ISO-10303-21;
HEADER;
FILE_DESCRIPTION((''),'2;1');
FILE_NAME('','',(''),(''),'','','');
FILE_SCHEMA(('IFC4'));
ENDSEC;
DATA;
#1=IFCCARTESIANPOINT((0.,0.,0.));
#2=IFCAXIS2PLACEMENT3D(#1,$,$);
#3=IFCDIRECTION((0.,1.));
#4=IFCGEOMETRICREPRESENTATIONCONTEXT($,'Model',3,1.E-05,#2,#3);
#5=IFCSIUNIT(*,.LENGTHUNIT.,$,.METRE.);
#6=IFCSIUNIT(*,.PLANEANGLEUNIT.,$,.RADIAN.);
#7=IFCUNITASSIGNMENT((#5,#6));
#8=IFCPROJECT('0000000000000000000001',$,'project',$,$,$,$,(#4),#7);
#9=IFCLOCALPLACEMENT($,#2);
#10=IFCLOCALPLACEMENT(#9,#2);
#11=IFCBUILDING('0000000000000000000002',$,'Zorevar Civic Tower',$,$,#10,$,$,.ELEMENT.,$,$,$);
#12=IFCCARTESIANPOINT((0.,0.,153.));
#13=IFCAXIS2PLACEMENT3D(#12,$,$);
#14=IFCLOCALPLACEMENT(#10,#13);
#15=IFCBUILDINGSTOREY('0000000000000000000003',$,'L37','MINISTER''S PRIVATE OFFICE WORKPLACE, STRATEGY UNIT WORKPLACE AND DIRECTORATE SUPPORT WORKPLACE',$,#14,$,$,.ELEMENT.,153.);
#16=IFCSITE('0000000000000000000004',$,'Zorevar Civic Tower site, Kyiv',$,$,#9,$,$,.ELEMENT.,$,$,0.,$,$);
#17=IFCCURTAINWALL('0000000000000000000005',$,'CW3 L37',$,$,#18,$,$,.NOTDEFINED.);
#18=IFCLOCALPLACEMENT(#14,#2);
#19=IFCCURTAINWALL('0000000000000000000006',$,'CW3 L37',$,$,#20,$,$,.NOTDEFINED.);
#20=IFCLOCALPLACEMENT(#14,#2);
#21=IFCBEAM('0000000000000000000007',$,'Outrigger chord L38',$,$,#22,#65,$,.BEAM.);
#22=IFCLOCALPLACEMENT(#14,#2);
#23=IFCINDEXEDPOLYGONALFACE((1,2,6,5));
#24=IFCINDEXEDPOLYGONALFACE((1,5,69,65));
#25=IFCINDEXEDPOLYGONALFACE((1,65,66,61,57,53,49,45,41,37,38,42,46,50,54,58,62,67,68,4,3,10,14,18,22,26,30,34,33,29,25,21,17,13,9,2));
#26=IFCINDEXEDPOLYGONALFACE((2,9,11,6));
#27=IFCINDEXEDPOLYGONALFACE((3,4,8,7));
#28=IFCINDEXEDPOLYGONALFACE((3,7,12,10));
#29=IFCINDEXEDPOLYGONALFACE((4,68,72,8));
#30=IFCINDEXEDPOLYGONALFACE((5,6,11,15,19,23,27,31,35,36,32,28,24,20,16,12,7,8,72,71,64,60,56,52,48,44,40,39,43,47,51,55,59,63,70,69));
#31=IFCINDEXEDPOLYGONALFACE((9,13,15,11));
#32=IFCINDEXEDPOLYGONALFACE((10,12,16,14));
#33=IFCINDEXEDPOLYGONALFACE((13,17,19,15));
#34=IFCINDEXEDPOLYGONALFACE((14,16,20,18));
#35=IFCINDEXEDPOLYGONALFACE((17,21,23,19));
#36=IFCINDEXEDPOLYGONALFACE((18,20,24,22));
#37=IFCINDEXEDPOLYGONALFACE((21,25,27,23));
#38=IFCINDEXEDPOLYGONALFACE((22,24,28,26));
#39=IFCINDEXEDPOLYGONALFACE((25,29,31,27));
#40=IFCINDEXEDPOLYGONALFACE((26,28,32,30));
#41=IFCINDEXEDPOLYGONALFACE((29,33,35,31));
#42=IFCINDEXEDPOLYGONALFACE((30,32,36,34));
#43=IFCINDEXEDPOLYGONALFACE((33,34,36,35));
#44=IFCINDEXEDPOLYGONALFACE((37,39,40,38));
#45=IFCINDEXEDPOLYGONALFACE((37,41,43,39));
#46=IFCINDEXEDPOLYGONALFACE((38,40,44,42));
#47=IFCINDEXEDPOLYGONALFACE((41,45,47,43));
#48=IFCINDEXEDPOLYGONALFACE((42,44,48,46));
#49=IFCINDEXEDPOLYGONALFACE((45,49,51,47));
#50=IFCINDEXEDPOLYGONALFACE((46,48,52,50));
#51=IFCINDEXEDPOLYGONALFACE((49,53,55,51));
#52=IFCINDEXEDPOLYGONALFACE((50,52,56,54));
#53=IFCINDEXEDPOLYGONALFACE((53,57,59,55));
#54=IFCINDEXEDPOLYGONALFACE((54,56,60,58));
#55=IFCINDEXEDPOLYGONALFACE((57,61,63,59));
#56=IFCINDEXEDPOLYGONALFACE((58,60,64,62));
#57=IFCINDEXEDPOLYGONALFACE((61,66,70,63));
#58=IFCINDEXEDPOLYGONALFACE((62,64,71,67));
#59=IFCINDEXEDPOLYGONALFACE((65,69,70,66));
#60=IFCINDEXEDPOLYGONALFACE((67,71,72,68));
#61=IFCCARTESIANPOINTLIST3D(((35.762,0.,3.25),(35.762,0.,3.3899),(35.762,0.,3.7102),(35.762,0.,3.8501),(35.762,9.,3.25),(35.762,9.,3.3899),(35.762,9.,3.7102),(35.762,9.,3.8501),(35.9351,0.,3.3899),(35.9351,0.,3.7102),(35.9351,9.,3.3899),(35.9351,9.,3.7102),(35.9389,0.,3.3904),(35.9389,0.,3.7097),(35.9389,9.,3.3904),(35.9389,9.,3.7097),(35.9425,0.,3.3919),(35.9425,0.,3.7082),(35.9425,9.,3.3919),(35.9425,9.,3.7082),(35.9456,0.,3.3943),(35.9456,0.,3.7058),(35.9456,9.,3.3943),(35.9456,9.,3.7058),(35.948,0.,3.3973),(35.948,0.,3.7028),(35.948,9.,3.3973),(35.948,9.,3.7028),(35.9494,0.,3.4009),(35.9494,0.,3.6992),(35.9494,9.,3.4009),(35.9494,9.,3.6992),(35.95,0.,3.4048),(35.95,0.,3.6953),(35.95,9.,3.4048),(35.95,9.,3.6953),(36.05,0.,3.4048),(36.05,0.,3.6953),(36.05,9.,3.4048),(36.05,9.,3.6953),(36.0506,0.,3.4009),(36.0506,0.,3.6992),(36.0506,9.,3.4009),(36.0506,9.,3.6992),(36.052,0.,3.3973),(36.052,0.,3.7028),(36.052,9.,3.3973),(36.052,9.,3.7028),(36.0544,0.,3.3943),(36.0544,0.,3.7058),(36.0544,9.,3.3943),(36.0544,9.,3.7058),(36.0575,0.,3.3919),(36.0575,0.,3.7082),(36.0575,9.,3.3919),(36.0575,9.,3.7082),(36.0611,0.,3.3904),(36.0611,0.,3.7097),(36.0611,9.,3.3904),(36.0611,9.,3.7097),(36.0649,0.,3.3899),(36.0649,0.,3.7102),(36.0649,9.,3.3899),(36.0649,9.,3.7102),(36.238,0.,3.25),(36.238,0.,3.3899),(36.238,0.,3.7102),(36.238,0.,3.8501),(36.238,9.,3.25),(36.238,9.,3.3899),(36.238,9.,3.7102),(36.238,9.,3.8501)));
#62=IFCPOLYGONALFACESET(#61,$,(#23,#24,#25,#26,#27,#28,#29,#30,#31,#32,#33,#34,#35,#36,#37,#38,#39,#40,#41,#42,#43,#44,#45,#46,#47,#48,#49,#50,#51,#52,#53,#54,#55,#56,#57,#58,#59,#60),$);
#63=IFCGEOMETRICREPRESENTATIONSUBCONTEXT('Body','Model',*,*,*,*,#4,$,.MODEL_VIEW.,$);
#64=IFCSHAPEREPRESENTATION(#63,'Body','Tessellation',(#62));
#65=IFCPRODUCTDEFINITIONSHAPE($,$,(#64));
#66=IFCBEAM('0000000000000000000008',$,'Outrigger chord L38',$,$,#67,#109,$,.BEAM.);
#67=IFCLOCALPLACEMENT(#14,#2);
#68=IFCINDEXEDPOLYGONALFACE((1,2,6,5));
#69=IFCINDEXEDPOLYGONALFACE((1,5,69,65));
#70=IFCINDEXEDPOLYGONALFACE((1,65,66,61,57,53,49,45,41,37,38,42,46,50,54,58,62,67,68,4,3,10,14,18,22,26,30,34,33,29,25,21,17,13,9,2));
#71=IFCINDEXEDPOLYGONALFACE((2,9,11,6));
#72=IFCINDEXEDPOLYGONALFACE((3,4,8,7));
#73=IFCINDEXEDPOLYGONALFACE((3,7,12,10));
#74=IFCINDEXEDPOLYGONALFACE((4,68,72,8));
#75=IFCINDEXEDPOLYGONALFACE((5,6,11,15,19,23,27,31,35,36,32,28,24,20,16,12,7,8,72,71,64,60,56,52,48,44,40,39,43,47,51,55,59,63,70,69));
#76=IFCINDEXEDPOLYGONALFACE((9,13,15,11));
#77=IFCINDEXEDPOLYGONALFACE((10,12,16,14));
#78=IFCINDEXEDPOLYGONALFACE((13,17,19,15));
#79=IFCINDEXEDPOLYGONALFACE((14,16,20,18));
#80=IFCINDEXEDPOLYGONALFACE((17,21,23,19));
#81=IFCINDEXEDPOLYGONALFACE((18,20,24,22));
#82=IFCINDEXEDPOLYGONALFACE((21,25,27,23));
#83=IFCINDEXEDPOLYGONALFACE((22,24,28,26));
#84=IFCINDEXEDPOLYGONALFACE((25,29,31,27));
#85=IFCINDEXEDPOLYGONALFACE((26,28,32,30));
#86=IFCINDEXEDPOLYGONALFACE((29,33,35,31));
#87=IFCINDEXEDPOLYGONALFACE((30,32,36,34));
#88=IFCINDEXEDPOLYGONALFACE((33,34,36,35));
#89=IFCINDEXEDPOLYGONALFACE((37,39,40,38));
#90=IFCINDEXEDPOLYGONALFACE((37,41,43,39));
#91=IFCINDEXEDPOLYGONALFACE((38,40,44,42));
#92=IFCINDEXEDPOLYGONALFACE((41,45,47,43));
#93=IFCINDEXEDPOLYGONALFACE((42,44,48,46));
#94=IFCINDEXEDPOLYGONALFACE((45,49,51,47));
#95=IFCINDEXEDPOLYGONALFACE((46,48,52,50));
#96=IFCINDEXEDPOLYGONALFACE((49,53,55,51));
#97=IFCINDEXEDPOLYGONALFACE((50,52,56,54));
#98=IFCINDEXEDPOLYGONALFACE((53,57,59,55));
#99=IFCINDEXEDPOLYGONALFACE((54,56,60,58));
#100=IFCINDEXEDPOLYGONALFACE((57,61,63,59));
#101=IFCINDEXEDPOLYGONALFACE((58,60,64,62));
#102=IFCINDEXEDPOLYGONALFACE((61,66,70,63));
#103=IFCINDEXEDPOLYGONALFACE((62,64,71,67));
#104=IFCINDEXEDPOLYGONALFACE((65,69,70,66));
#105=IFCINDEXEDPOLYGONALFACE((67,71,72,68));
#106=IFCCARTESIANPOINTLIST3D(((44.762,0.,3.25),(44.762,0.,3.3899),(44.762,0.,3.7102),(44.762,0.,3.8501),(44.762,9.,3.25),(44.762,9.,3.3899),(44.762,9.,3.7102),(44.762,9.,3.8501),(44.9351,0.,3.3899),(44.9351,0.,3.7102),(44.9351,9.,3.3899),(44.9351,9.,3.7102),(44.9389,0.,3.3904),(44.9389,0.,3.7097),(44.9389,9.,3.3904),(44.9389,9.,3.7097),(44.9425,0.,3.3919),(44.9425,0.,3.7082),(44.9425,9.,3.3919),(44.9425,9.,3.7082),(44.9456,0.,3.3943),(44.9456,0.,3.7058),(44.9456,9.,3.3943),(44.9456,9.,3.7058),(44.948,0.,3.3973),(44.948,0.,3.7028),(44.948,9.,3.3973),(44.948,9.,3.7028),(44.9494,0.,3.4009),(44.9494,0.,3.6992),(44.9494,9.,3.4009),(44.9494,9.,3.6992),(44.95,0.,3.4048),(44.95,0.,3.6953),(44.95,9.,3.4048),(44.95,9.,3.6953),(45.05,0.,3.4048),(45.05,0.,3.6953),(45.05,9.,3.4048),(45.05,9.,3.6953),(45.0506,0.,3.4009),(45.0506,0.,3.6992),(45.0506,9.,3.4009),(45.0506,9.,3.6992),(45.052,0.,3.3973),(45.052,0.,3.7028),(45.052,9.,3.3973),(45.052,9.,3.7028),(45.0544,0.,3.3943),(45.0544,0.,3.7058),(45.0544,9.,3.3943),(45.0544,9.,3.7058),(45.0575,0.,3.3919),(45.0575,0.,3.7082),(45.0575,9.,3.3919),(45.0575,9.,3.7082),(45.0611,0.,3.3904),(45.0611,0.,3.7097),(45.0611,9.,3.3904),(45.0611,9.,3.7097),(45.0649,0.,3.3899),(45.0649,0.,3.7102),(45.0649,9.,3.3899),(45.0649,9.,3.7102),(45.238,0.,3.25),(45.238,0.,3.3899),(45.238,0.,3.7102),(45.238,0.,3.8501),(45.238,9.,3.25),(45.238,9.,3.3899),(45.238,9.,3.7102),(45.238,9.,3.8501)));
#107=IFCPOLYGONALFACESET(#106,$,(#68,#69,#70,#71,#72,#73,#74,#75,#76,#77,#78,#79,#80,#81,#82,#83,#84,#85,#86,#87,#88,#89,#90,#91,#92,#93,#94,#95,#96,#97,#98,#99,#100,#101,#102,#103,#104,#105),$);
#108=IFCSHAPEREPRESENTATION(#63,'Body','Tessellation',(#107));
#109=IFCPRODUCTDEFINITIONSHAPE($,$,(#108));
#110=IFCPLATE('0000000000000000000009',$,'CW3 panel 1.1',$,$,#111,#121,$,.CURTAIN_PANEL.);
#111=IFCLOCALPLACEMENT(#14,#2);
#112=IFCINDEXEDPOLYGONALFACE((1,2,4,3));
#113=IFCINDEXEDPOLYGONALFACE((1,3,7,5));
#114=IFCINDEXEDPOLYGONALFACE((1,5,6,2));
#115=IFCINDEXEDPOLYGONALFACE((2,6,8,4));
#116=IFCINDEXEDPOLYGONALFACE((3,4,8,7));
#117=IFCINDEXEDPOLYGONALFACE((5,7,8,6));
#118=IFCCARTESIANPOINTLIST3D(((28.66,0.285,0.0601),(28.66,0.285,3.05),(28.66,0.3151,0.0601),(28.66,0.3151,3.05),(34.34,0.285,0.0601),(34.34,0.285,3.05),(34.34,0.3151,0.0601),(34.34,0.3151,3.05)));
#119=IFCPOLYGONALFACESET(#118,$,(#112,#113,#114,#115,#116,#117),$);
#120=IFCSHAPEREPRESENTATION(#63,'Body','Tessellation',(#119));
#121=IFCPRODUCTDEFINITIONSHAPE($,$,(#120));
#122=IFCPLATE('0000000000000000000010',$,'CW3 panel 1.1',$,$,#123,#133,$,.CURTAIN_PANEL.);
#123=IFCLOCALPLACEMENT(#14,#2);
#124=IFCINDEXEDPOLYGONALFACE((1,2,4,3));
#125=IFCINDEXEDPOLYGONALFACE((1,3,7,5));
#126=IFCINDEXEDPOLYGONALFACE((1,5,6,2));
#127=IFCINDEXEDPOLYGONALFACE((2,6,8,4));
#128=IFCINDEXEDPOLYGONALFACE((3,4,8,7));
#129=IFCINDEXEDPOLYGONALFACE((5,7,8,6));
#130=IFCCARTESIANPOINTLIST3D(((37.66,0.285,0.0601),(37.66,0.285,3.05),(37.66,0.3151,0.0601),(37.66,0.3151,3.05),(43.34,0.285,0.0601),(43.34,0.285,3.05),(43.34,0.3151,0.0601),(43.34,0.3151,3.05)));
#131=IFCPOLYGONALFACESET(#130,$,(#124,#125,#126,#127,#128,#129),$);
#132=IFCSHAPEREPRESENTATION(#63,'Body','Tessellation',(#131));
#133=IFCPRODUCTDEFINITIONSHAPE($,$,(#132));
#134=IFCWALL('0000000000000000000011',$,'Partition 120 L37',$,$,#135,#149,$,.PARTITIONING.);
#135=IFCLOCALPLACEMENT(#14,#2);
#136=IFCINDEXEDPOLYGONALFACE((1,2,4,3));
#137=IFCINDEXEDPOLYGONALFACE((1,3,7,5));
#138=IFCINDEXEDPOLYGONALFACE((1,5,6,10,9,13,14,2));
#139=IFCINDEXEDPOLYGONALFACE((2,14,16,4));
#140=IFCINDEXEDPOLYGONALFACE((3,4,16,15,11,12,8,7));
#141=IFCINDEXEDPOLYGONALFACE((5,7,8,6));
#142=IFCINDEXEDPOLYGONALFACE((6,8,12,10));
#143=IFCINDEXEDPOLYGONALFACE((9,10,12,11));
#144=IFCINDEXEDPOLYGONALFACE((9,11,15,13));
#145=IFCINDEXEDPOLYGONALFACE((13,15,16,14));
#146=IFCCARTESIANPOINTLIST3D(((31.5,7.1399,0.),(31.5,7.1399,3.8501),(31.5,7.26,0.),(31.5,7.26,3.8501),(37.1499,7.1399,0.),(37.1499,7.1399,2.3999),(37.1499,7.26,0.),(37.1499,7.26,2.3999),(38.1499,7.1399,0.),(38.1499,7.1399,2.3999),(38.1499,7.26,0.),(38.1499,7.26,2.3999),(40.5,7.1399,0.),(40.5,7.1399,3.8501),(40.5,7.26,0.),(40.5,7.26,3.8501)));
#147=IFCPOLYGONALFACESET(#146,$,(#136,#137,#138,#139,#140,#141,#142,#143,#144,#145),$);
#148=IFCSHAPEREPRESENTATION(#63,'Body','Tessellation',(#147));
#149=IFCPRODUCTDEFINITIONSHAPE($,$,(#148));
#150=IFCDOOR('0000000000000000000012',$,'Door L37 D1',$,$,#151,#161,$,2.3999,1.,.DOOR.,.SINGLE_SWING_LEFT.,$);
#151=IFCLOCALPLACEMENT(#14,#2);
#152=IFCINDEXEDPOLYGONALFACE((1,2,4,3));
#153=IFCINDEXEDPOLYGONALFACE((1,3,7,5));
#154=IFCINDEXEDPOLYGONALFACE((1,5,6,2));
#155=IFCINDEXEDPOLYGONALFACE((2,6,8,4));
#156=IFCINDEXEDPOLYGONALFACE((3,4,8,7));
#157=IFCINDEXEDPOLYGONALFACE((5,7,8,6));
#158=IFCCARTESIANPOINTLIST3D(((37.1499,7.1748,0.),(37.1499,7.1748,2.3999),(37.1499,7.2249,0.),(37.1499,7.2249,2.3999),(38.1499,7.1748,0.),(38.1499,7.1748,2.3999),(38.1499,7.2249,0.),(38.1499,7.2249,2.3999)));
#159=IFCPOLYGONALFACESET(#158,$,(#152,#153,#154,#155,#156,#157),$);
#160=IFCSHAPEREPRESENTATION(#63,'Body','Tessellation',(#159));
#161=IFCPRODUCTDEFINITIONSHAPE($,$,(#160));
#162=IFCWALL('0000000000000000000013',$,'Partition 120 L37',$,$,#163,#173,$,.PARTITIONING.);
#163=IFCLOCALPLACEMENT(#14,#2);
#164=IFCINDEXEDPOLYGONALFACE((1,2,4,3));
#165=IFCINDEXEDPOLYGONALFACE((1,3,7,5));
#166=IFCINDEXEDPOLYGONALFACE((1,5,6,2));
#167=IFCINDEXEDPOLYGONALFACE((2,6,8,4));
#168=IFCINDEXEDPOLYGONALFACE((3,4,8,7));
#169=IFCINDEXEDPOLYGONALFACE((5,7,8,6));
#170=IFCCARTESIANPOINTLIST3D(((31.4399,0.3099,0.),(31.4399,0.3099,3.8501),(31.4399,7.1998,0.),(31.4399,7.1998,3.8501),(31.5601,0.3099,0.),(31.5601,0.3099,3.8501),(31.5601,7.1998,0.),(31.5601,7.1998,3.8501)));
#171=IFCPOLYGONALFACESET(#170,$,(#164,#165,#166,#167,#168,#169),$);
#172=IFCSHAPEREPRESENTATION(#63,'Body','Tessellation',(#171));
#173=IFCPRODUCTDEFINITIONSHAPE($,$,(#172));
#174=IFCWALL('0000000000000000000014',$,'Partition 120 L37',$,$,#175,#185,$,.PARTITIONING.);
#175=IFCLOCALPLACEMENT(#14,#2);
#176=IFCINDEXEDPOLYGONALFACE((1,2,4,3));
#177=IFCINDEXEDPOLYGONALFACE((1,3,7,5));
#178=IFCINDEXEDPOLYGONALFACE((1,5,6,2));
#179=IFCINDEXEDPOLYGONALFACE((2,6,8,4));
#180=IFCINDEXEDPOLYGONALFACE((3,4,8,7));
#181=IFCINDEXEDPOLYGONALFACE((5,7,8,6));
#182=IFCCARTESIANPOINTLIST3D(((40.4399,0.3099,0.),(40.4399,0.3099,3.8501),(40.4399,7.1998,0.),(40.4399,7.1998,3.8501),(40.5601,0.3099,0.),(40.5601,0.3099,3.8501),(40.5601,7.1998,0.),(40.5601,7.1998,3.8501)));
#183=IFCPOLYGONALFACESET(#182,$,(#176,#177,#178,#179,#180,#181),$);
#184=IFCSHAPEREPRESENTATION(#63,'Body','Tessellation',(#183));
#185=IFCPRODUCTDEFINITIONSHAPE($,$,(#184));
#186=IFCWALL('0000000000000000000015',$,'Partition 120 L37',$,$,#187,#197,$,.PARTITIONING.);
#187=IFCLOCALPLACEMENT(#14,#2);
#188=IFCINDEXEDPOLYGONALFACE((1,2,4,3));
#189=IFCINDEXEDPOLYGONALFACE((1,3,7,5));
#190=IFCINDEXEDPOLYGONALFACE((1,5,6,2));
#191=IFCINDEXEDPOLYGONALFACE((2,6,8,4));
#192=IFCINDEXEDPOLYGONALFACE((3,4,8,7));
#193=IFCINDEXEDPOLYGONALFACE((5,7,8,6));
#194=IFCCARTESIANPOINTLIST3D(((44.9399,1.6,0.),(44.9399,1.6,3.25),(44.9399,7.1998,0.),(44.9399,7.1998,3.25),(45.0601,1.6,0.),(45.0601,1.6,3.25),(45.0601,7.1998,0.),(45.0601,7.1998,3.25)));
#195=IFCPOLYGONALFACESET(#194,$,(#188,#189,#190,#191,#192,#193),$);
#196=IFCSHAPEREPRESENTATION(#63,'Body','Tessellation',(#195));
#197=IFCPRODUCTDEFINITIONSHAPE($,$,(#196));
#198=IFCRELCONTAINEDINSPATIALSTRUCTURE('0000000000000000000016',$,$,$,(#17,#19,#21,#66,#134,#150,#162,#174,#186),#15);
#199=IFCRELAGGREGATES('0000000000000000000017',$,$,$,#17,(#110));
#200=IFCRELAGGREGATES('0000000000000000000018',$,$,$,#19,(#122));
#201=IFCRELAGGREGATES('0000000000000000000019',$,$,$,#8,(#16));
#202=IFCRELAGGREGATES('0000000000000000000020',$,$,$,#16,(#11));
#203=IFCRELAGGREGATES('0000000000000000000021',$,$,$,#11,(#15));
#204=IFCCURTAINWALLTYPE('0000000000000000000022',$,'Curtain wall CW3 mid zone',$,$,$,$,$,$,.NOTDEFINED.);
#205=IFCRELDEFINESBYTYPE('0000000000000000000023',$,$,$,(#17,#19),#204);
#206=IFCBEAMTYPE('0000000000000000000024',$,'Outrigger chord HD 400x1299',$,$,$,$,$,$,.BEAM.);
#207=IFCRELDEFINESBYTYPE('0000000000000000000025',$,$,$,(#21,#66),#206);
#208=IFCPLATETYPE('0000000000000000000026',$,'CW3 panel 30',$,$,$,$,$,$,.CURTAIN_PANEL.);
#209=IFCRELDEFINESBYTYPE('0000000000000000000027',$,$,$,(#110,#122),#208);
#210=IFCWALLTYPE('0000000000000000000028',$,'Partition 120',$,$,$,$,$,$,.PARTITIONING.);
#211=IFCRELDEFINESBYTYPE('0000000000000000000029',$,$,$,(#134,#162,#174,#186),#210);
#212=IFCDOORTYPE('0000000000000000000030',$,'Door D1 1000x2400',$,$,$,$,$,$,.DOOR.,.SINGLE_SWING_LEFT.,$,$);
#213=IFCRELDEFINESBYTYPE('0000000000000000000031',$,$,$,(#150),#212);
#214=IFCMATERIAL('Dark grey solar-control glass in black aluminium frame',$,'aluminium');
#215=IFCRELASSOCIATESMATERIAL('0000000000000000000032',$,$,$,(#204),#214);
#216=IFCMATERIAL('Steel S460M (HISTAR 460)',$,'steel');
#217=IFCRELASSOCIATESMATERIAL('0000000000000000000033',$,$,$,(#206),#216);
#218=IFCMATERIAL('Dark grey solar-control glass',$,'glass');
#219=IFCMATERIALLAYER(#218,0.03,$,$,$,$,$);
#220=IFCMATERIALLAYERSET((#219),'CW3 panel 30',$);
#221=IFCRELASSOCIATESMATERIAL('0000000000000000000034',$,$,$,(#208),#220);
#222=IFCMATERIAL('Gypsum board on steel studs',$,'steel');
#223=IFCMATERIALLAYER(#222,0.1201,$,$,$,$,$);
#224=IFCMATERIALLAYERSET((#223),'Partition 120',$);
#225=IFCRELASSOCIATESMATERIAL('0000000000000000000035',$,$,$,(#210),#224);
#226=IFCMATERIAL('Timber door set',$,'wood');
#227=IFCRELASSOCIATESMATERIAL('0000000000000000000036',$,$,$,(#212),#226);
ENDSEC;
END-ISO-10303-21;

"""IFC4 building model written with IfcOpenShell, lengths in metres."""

from ifc_helpers import new_model, si_unit, direction, frame, frame_2d, origin, origin_2d, place, context, subcontext, project, spatial, rectangle, i_section, extrude, material, layer, layer_set, material_profile, profile_set, type_object, element, fill, aggregate, save


model = new_model("IFC4")

# Units and contexts
model_context = context("Model", 3, precision=1e-05, world=origin(), true_north=direction((0.0, 1.0)))
body_context = subcontext(model_context, "Body", "Model", "MODEL_VIEW")
ifc_project = project(units=[si_unit("LENGTHUNIT", "METRE"), si_unit("PLANEANGLEUNIT", "RADIAN")], contexts=[model_context])

# Site, building, storey
site_placement = place(None, origin())
site = spatial("IfcSite", under=ifc_project, at=site_placement, Name="Zorevar Civic Tower site, Kyiv", CompositionType="ELEMENT", RefElevation=0.0)
building_placement = place(site_placement, origin())
building = spatial("IfcBuilding", under=site, at=building_placement, Name="Zorevar Civic Tower", CompositionType="ELEMENT")
storey_placement = place(building_placement, frame((0.0, 0.0, 153.0)))
storey = spatial("IfcBuildingStorey", under=building, at=storey_placement, Name="L37", Description="MINISTER'S PRIVATE OFFICE WORKPLACE, STRATEGY UNIT WORKPLACE AND DIRECTORATE SUPPORT WORKPLACE", CompositionType="ELEMENT", Elevation=153.0)

# Curtain walls
ifc_material_1 = material(Name="Dark grey solar-control glass in black aluminium frame", Category="aluminium")
curtain_wall_type = type_object("IfcCurtainWallType", Name="Curtain wall CW3 mid zone", PredefinedType="NOTDEFINED", material=ifc_material_1)
curtain_wall_1_placement = place(storey_placement, origin())
curtain_wall_1 = element("IfcCurtainWall", 1, at=curtain_wall_1_placement, inside=storey, type_object=curtain_wall_type, Name="CW3 L37", PredefinedType="NOTDEFINED")
curtain_wall_2_placement = place(storey_placement, origin())
curtain_wall_2 = element("IfcCurtainWall", 2, at=curtain_wall_2_placement, inside=storey, type_object=curtain_wall_type, Name="CW3 L37", PredefinedType="NOTDEFINED")

# Beams
ifc_material_2 = material(Name="Steel S460M (HISTAR 460)", Category="steel")
ifc_material_profile_1 = material_profile(ifc_material_2, i_section(OverallWidth=0.4761, OverallDepth=0.6001, WebThickness=0.1001, FlangeThickness=0.1399, FilletRadius=0.0149, at=origin_2d()), Name="HD 400x1299")
ifc_profile_set_1 = profile_set([ifc_material_profile_1], Name="Steel S460M (HISTAR 460)")
beam_type_1 = type_object("IfcBeamType", Name="Outrigger chord HD 400x1299", PredefinedType="BEAM", material=ifc_profile_set_1)
for number, where, z_axis, x_axis, name in (
    (3, (36.0, 0.0, 3.55), (0.0, 1.0, 0.0), (-1.0, 0.0, 0.0), "Outrigger chord L38"),
    (4, (45.0, 0.0, 3.55), (0.0, 1.0, 0.0), (-1.0, 0.0, 0.0), "Outrigger chord L38"),
):
    element("IfcBeam", number, at=place(storey_placement, frame(where, z_axis=z_axis, x_axis=x_axis)), inside=storey, type_object=beam_type_1, Name=name, PredefinedType="BEAM", context=body_context, shape_type="SweptSolid", body=[
        extrude(i_section(OverallWidth=0.4761, OverallDepth=0.6001, WebThickness=0.1001, FlangeThickness=0.1399, FilletRadius=0.0149, at=origin_2d()), origin(), (0.0, 0.0, 1.0), 9.0),
    ])

# Plates
ifc_material_3 = material(Name="Dark grey solar-control glass", Category="glass")
ifc_layer_1 = layer(ifc_material_3, 0.03)
ifc_layer_set_1 = layer_set([ifc_layer_1], Name="CW3 panel 30")
plate_type = type_object("IfcPlateType", Name="CW3 panel 30", PredefinedType="CURTAIN_PANEL", material=ifc_layer_set_1)
plate_1_placement = place(storey_placement, frame((31.5, 0.3, 0.0601), z_axis=(0.0, 0.0, 1.0), x_axis=(1.0, 0.0, 0.0)))
plate_1 = element("IfcPlate", 5, at=plate_1_placement, type_object=plate_type, Name="CW3 panel 1.1", PredefinedType="CURTAIN_PANEL", context=body_context, shape_type="SweptSolid", body=[
    extrude(rectangle(XDim=5.6799, YDim=0.03, at=origin_2d()), origin(), (0.0, 0.0, 1.0), 2.99),
])
aggregate(curtain_wall_1, [plate_1])
plate_2_placement = place(storey_placement, frame((40.5, 0.3, 0.0601), z_axis=(0.0, 0.0, 1.0), x_axis=(1.0, 0.0, 0.0)))
plate_2 = element("IfcPlate", 6, at=plate_2_placement, type_object=plate_type, Name="CW3 panel 1.1", PredefinedType="CURTAIN_PANEL", context=body_context, shape_type="SweptSolid", body=[
    extrude(rectangle(XDim=5.6799, YDim=0.03, at=origin_2d()), origin(), (0.0, 0.0, 1.0), 2.99),
])
aggregate(curtain_wall_2, [plate_2])

# Wall, opening, door
ifc_material_4 = material(Name="Gypsum board on steel studs", Category="steel")
ifc_layer_2 = layer(ifc_material_4, 0.1201)
ifc_layer_set_2 = layer_set([ifc_layer_2], Name="Partition 120")
wall_type = type_object("IfcWallType", Name="Partition 120", PredefinedType="PARTITIONING", material=ifc_layer_set_2)
wall_1_placement = place(storey_placement, frame((31.5, 7.2, 0.0), z_axis=(0.0, 0.0, 1.0), x_axis=(1.0, 0.0, 0.0)))
wall_1 = element("IfcWall", 7, at=wall_1_placement, inside=storey, type_object=wall_type, Name="Partition 120 L37", PredefinedType="PARTITIONING", context=body_context, shape_type="SweptSolid", body=[
    extrude(rectangle(XDim=9.0, YDim=0.1201, at=frame_2d((4.5, 0.0))), origin(), (0.0, 0.0, 1.0), 3.8501),
])
opening_placement = place(wall_1_placement, frame((5.6499, 0.0, 0.0)))
opening = element("IfcOpeningElement", 8, at=opening_placement, cuts=wall_1, PredefinedType="OPENING", context=body_context, shape_type="SweptSolid", body=[
    extrude(rectangle(XDim=1.0, YDim=2.3999, at=frame_2d((0.5, 1.2))), frame((0.0, 0.0701, 0.0), z_axis=(0.0, -1.0, 0.0), x_axis=(1.0, 0.0, 0.0)), (0.0, 0.0, 1.0), 0.1401),
])
ifc_material_5 = material(Name="Timber door set", Category="wood")
door_type = type_object("IfcDoorType", Name="Door D1 1000x2400", OperationType="SINGLE_SWING_LEFT", PredefinedType="DOOR", material=ifc_material_5)
door_placement = place(opening_placement, origin())
door = element("IfcDoor", 9, at=door_placement, inside=storey, type_object=door_type, Name="Door L37 D1", OperationType="SINGLE_SWING_LEFT", OverallHeight=2.3999, OverallWidth=1.0, PredefinedType="DOOR", context=body_context, shape_type="SweptSolid", body=[
    extrude(rectangle(XDim=1.0, YDim=2.3999, at=frame_2d((0.5, 1.2))), frame((0.0, 0.0249, 0.0), z_axis=(0.0, -1.0, 0.0), x_axis=(1.0, 0.0, 0.0)), (0.0, 0.0, 1.0), 0.05),
])
fill(opening, door)

# Walls
for number, where, z_axis, x_axis, name in (
    (10, (31.5, 0.3101, 0.0), (0.0, 0.0, 1.0), (0.0, 1.0, 0.0), "Partition 120 L37"),
    (11, (40.5, 0.3101, 0.0), (0.0, 0.0, 1.0), (0.0, 1.0, 0.0), "Partition 120 L37"),
):
    element("IfcWall", number, at=place(storey_placement, frame(where, z_axis=z_axis, x_axis=x_axis)), inside=storey, type_object=wall_type, Name=name, PredefinedType="PARTITIONING", context=body_context, shape_type="SweptSolid", body=[
        extrude(rectangle(XDim=6.8899, YDim=0.1201, at=frame_2d((3.4448, 0.0))), origin(), (0.0, 0.0, 1.0), 3.8501),
    ])
wall_2_placement = place(storey_placement, frame((45.0, 1.6001, 0.0), z_axis=(0.0, 0.0, 1.0), x_axis=(0.0, 1.0, 0.0)))
element("IfcWall", 12, at=wall_2_placement, inside=storey, type_object=wall_type, Name="Partition 120 L37", PredefinedType="PARTITIONING", context=body_context, shape_type="SweptSolid", body=[
    extrude(rectangle(XDim=5.5999, YDim=0.1201, at=frame_2d((2.7998, 0.0))), origin(), (0.0, 0.0, 1.0), 3.25),
])

save(model, "model.ifc")
